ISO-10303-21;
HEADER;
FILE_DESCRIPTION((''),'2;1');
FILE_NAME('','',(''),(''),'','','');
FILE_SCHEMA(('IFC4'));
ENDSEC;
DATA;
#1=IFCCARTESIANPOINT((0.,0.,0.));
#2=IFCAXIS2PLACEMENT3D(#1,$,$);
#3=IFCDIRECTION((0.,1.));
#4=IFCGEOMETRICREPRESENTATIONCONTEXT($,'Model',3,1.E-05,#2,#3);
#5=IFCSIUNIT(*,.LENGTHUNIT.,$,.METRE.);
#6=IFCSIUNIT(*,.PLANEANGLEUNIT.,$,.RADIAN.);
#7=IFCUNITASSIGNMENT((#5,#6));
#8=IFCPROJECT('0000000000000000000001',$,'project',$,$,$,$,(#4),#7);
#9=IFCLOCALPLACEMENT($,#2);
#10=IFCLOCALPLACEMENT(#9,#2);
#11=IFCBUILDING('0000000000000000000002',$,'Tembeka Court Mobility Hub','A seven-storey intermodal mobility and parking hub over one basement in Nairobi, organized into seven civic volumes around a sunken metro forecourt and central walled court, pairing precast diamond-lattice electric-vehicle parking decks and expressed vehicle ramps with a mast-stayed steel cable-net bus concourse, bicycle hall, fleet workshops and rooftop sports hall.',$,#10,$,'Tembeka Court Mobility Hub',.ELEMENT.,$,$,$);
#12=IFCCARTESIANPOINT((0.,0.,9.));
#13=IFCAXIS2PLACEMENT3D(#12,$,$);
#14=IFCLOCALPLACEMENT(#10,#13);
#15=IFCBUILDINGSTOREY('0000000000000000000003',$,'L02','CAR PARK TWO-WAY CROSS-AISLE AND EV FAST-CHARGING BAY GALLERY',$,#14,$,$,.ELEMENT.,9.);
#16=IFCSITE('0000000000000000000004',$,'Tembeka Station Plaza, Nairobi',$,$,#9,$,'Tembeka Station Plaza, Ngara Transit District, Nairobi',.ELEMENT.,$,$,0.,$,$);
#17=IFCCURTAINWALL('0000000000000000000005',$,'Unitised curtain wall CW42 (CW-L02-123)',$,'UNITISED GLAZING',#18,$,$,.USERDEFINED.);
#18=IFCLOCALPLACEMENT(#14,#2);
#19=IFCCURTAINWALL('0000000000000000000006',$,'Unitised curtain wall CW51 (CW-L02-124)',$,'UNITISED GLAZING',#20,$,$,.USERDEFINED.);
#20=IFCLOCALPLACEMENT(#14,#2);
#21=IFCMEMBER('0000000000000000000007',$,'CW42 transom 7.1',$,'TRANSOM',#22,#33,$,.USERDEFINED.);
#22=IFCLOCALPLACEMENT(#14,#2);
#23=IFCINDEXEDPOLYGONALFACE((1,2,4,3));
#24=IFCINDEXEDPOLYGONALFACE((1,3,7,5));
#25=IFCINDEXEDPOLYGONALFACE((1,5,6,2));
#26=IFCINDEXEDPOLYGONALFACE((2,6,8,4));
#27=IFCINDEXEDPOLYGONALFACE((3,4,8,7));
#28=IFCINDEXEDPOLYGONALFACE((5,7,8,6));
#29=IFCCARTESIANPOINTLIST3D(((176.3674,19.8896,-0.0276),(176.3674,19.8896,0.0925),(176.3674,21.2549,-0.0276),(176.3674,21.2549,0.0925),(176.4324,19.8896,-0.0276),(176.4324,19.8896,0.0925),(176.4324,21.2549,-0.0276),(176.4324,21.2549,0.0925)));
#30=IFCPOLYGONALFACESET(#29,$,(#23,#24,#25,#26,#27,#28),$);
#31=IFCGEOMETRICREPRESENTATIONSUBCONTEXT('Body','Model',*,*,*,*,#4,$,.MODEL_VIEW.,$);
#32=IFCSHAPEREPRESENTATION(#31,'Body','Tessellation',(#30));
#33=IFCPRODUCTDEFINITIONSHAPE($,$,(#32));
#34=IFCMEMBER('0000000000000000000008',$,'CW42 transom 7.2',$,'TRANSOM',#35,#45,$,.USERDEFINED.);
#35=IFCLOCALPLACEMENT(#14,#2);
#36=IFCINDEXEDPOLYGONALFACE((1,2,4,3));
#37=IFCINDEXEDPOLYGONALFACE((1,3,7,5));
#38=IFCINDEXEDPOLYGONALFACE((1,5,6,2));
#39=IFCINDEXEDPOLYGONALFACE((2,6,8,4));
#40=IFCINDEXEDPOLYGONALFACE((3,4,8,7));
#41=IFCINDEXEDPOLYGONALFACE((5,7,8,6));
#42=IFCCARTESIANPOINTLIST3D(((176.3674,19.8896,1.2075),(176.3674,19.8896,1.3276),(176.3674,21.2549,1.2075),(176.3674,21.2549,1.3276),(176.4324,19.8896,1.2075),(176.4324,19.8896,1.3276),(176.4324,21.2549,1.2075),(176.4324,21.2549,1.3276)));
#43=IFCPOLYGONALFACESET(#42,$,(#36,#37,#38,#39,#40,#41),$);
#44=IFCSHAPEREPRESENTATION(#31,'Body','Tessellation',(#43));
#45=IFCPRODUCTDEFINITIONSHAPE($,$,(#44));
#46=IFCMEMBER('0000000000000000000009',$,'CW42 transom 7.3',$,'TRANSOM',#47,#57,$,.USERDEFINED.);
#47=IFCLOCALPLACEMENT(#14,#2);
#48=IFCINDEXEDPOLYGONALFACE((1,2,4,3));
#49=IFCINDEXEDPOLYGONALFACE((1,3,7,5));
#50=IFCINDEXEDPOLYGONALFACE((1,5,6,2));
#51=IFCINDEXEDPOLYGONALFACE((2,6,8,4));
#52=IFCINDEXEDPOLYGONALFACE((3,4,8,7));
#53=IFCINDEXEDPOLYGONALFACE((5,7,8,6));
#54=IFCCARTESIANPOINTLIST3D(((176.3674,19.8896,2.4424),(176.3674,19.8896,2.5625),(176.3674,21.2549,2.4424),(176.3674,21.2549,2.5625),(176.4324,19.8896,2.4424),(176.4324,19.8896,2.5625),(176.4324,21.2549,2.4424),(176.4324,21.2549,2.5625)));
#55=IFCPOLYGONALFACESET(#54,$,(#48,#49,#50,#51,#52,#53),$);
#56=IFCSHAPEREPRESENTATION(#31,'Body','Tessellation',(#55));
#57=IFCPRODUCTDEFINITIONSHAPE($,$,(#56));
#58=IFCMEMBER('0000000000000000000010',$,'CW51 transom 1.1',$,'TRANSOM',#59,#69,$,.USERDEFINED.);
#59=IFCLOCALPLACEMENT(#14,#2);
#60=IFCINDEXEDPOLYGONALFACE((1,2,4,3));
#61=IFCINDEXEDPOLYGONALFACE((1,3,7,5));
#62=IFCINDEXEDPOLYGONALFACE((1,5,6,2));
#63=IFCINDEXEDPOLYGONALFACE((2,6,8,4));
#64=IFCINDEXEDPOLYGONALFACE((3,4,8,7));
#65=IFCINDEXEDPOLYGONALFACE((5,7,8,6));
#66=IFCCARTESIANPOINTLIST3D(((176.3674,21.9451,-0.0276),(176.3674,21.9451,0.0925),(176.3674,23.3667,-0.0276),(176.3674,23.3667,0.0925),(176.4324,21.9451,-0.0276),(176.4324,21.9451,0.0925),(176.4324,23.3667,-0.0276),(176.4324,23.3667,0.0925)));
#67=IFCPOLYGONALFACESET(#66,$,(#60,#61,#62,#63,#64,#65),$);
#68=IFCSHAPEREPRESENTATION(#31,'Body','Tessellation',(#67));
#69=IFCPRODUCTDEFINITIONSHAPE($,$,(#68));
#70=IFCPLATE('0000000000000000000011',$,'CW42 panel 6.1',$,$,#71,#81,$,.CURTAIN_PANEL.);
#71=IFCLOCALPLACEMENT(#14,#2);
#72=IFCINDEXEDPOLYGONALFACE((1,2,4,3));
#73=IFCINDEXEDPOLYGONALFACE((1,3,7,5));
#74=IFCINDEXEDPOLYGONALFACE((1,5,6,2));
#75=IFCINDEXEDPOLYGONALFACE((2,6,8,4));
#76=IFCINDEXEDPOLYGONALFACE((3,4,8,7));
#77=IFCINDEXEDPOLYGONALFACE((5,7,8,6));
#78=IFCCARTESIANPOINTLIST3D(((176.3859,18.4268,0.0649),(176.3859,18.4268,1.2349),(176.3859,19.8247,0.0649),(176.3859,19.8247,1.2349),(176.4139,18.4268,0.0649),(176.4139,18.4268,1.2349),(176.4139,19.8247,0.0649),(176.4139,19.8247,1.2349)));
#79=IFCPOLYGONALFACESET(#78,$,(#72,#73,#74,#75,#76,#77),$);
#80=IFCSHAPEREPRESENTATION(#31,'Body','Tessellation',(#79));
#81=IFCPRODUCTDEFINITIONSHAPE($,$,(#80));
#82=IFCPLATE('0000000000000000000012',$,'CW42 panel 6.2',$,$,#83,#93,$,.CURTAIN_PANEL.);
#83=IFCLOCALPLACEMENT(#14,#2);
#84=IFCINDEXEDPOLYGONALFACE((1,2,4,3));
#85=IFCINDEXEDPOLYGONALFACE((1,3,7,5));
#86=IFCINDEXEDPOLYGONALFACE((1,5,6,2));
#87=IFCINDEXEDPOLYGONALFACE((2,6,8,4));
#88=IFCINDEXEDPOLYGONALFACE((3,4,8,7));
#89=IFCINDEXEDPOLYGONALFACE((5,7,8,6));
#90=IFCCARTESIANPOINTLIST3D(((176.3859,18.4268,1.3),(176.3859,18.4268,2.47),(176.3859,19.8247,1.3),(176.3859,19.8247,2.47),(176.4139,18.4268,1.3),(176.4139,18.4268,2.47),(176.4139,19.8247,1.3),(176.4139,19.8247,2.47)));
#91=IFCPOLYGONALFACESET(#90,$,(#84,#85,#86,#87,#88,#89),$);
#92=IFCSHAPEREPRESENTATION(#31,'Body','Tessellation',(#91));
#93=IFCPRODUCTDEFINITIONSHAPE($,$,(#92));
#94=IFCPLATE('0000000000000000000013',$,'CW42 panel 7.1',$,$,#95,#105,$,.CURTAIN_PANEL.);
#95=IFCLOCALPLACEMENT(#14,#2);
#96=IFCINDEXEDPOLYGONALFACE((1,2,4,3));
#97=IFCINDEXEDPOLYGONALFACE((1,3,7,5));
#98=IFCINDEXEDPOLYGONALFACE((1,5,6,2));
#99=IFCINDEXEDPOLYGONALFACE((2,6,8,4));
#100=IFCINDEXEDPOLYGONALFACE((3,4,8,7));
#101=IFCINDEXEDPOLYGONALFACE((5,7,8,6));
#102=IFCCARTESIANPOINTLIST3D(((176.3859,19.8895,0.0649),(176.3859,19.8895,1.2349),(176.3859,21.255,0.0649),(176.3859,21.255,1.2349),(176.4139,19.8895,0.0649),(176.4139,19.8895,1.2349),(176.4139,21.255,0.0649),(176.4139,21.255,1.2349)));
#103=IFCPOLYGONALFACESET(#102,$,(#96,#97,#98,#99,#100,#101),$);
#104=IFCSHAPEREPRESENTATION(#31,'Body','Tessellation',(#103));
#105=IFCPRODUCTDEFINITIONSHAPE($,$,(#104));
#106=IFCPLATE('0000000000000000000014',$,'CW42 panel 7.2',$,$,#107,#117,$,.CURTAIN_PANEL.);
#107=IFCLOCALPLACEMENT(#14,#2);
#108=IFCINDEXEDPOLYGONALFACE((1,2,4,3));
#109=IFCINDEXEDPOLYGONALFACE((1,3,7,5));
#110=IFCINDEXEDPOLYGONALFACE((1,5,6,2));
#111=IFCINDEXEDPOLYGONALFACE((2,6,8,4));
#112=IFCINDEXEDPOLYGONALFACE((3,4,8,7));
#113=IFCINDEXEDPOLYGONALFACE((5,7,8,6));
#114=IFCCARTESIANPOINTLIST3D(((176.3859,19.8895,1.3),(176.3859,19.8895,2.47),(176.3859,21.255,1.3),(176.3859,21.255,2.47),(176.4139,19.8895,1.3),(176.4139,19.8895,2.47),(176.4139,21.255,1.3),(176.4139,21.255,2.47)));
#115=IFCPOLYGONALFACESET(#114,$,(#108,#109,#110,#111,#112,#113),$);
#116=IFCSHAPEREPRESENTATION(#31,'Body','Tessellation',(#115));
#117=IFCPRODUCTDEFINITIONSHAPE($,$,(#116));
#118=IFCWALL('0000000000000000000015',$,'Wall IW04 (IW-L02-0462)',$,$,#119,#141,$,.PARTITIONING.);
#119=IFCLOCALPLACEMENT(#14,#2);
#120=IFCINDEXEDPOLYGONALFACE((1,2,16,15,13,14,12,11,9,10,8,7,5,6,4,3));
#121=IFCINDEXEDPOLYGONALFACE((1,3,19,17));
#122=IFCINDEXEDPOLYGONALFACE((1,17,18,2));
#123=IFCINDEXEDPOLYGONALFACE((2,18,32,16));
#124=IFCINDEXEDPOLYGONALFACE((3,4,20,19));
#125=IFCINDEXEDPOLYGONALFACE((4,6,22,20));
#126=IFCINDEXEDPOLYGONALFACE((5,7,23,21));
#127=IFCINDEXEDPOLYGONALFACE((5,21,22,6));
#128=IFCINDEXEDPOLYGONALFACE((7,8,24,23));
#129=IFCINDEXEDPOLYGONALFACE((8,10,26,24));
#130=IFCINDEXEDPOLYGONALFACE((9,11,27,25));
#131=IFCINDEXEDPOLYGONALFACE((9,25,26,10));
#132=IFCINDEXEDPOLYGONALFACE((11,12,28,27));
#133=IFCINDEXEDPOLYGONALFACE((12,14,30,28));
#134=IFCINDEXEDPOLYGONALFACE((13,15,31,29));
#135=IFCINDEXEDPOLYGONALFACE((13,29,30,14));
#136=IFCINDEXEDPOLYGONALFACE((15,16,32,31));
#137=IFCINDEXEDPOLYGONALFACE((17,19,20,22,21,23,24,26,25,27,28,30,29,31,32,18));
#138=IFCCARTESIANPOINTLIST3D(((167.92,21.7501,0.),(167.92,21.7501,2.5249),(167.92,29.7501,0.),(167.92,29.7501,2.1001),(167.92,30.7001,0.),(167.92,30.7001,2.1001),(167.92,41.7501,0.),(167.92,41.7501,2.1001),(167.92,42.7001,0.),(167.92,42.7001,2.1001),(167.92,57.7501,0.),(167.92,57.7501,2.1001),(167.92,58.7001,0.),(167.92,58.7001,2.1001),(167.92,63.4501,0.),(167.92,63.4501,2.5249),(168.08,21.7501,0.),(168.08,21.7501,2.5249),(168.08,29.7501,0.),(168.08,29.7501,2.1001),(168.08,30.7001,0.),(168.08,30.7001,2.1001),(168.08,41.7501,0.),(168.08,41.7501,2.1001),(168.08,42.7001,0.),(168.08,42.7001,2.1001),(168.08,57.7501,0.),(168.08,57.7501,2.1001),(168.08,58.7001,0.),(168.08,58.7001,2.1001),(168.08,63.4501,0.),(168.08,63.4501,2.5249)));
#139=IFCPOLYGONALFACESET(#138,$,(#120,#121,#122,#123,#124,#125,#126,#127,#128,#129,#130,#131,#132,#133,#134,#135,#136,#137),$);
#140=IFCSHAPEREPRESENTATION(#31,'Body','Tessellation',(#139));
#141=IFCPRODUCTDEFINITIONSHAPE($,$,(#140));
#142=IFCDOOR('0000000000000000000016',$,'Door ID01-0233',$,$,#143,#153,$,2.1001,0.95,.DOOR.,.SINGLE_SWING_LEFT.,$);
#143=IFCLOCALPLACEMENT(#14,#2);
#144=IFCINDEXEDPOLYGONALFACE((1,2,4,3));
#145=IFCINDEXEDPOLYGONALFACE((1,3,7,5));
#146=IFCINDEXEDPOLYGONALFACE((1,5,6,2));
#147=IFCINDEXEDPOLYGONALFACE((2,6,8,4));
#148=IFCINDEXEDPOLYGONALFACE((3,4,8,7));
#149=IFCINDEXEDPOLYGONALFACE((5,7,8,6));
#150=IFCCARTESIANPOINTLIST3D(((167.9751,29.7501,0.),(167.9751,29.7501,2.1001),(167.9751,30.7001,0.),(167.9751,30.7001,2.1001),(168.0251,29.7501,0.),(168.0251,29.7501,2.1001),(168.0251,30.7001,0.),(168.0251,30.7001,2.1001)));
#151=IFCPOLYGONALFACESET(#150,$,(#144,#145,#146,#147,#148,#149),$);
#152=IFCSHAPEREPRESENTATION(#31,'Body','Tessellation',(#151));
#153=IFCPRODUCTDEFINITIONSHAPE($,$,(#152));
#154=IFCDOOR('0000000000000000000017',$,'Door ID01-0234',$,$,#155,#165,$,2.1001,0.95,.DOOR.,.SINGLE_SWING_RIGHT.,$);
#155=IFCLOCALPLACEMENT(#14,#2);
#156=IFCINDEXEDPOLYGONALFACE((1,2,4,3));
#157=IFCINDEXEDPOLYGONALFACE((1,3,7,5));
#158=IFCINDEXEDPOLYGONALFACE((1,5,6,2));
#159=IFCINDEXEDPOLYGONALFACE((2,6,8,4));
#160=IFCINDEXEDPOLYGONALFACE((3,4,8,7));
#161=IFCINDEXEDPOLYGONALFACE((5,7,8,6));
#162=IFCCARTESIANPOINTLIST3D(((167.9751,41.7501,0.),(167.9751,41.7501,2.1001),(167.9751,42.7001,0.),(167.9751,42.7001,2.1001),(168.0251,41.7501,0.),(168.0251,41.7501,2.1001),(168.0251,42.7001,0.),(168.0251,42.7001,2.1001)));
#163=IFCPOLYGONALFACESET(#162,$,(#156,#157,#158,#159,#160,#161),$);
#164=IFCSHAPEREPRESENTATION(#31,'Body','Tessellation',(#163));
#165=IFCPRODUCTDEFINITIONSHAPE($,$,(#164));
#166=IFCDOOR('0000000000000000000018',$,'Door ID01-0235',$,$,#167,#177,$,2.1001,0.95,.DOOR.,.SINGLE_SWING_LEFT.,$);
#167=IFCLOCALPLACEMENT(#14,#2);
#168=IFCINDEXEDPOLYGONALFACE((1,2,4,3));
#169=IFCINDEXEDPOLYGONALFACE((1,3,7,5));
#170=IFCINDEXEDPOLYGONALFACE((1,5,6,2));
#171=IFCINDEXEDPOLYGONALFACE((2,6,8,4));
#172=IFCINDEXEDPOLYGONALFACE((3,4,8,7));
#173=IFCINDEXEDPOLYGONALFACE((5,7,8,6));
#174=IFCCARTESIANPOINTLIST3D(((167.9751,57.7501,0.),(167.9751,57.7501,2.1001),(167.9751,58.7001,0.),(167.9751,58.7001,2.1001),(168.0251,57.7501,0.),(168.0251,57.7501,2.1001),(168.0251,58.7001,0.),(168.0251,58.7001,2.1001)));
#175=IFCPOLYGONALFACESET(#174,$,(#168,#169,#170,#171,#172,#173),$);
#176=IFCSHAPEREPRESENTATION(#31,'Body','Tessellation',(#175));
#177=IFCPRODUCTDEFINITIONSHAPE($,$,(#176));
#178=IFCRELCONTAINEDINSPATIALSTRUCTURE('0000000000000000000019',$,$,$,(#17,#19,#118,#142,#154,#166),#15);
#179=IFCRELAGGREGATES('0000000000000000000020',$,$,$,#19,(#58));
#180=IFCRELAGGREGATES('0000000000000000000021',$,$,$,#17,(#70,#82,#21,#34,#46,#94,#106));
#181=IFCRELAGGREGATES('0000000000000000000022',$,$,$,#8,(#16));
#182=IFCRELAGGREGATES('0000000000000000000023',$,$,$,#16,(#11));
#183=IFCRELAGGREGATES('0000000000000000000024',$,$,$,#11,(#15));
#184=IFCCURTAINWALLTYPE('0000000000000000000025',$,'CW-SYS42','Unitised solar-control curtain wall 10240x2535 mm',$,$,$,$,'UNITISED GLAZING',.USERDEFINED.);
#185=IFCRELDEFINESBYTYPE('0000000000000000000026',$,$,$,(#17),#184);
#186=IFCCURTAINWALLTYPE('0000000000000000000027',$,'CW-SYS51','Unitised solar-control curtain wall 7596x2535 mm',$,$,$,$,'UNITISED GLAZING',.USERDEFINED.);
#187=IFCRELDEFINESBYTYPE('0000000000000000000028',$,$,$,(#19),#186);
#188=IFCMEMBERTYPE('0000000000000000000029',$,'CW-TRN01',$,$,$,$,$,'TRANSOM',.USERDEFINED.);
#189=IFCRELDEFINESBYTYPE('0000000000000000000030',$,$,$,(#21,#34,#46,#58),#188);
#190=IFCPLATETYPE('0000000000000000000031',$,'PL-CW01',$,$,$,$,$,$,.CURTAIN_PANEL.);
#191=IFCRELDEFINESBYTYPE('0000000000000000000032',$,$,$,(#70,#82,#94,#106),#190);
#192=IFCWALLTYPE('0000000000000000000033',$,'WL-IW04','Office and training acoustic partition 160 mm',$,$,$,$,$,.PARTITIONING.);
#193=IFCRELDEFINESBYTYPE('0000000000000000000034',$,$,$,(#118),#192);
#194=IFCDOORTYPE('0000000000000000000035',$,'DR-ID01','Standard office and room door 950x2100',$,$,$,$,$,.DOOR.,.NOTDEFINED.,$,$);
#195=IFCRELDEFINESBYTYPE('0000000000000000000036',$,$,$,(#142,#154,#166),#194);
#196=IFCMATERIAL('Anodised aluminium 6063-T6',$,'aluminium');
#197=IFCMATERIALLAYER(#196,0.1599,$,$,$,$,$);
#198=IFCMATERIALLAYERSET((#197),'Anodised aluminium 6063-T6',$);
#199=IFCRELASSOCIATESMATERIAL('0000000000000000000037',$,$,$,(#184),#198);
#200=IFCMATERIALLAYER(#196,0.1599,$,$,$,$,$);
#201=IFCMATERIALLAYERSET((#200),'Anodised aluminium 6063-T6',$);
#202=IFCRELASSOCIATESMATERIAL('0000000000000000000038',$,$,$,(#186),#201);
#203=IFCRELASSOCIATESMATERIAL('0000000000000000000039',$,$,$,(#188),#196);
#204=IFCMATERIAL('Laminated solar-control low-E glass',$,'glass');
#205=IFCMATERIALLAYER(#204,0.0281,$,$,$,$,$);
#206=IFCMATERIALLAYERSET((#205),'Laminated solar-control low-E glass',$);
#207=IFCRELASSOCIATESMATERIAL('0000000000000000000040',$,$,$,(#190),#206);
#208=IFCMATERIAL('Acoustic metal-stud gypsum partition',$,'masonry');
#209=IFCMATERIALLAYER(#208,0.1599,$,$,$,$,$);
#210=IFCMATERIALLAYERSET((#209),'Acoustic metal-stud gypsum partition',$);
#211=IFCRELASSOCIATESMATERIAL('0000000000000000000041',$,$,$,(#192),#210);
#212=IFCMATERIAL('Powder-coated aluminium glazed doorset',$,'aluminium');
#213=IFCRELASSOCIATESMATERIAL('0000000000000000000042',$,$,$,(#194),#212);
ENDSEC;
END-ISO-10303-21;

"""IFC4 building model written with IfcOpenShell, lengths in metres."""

from ifc_helpers import new_model, si_unit, direction, frame, frame_2d, origin, origin_2d, place, context, subcontext, project, spatial, rectangle, extrude, material, layer, layer_set, material_profile, profile_set, type_object, element, fill, aggregate, save


model = new_model("IFC4")

# Units and contexts
model_context = context("Model", 3, precision=1e-05, world=origin(), true_north=direction((0.0, 1.0)))
body_context = subcontext(model_context, "Body", "Model", "MODEL_VIEW")
ifc_project = project(units=[si_unit("LENGTHUNIT", "METRE"), si_unit("PLANEANGLEUNIT", "RADIAN")], contexts=[model_context])

# Site, building, storey
site_placement = place(None, origin())
site = spatial("IfcSite", under=ifc_project, at=site_placement, Name="Tembeka Station Plaza, Nairobi", LongName="Tembeka Station Plaza, Ngara Transit District, Nairobi", CompositionType="ELEMENT", RefElevation=0.0)
building_placement = place(site_placement, origin())
building = spatial("IfcBuilding", under=site, at=building_placement, Name="Tembeka Court Mobility Hub", Description="A seven-storey intermodal mobility and parking hub over one basement in Nairobi, organized into seven civic volumes around a sunken metro forecourt and central walled court, pairing precast diamond-lattice electric-vehicle parking decks and expressed vehicle ramps with a mast-stayed steel cable-net bus concourse, bicycle hall, fleet workshops and rooftop sports hall.", LongName="Tembeka Court Mobility Hub", CompositionType="ELEMENT")
storey_placement = place(building_placement, frame((0.0, 0.0, 9.0)))
storey = spatial("IfcBuildingStorey", under=building, at=storey_placement, Name="L02", Description="CAR PARK TWO-WAY CROSS-AISLE AND EV FAST-CHARGING BAY GALLERY", CompositionType="ELEMENT", Elevation=9.0)

# Curtain wall
ifc_material_1 = material(Name="Anodised aluminium 6063-T6", Category="aluminium")
ifc_layer_1 = layer(ifc_material_1, 0.1599)
ifc_layer_set_1 = layer_set([ifc_layer_1], Name="Anodised aluminium 6063-T6")
curtain_wall_type_1 = type_object("IfcCurtainWallType", Name="CW-SYS42", Description="Unitised solar-control curtain wall 10240x2535 mm", ElementType="UNITISED GLAZING", PredefinedType="USERDEFINED", material=ifc_layer_set_1)
curtain_wall_1_placement = place(storey_placement, origin())
curtain_wall_1 = element("IfcCurtainWall", 1, at=curtain_wall_1_placement, inside=storey, type_object=curtain_wall_type_1, Name="Unitised curtain wall CW42 (CW-L02-123)", ObjectType="UNITISED GLAZING", PredefinedType="USERDEFINED")

# Curtain wall
ifc_layer_2 = layer(ifc_material_1, 0.1599)
ifc_layer_set_2 = layer_set([ifc_layer_2], Name="Anodised aluminium 6063-T6")
curtain_wall_type_2 = type_object("IfcCurtainWallType", Name="CW-SYS51", Description="Unitised solar-control curtain wall 7596x2535 mm", ElementType="UNITISED GLAZING", PredefinedType="USERDEFINED", material=ifc_layer_set_2)
curtain_wall_2_placement = place(storey_placement, origin())
curtain_wall_2 = element("IfcCurtainWall", 2, at=curtain_wall_2_placement, inside=storey, type_object=curtain_wall_type_2, Name="Unitised curtain wall CW51 (CW-L02-124)", ObjectType="UNITISED GLAZING", PredefinedType="USERDEFINED")

# Members
ifc_material_profile_1 = material_profile(ifc_material_1, rectangle(XDim=0.0649, YDim=0.1201, at=origin_2d()), Name="ALU-TRN 65x120")
ifc_profile_set_1 = profile_set([ifc_material_profile_1], Name="Anodised aluminium 6063-T6")
member_type_1 = type_object("IfcMemberType", Name="CW-TRN01", ElementType="TRANSOM", PredefinedType="USERDEFINED", material=ifc_profile_set_1)
member_1_placement = place(storey_placement, frame((176.3999, 19.8896, 0.0325), z_axis=(0.0, 1.0, 0.0), x_axis=(-1.0, 0.0, 0.0)))
member_1 = element("IfcMember", 3, at=member_1_placement, type_object=member_type_1, Name="CW42 transom 7.1", ObjectType="TRANSOM", PredefinedType="USERDEFINED", context=body_context, shape_type="SweptSolid", body=[
    extrude(rectangle(XDim=0.0649, YDim=0.1201, at=origin_2d()), origin(), (0.0, 0.0, 1.0), 1.3652),
])
member_2_placement = place(storey_placement, frame((176.3999, 19.8896, 1.2676), z_axis=(0.0, 1.0, 0.0), x_axis=(-1.0, 0.0, 0.0)))
member_2 = element("IfcMember", 4, at=member_2_placement, type_object=member_type_1, Name="CW42 transom 7.2", ObjectType="TRANSOM", PredefinedType="USERDEFINED", context=body_context, shape_type="SweptSolid", body=[
    extrude(rectangle(XDim=0.0649, YDim=0.1201, at=origin_2d()), origin(), (0.0, 0.0, 1.0), 1.3652),
])
member_3_placement = place(storey_placement, frame((176.3999, 19.8896, 2.5024), z_axis=(0.0, 1.0, 0.0), x_axis=(-1.0, 0.0, 0.0)))
member_3 = element("IfcMember", 5, at=member_3_placement, type_object=member_type_1, Name="CW42 transom 7.3", ObjectType="TRANSOM", PredefinedType="USERDEFINED", context=body_context, shape_type="SweptSolid", body=[
    extrude(rectangle(XDim=0.0649, YDim=0.1201, at=origin_2d()), origin(), (0.0, 0.0, 1.0), 1.3652),
])
member_4_placement = place(storey_placement, frame((176.3999, 21.9451, 0.0325), z_axis=(0.0, 1.0, 0.0), x_axis=(-1.0, 0.0, 0.0)))
member_4 = element("IfcMember", 6, at=member_4_placement, type_object=member_type_1, Name="CW51 transom 1.1", ObjectType="TRANSOM", PredefinedType="USERDEFINED", context=body_context, shape_type="SweptSolid", body=[
    extrude(rectangle(XDim=0.0649, YDim=0.1201, at=origin_2d()), origin(), (0.0, 0.0, 1.0), 1.4216),
])
aggregate(curtain_wall_2, [member_4])

# Plates
ifc_material_2 = material(Name="Laminated solar-control low-E glass", Category="glass")
ifc_layer_3 = layer(ifc_material_2, 0.0281)
ifc_layer_set_3 = layer_set([ifc_layer_3], Name="Laminated solar-control low-E glass")
plate_type = type_object("IfcPlateType", Name="PL-CW01", PredefinedType="CURTAIN_PANEL", material=ifc_layer_set_3)
plate_1_placement = place(storey_placement, frame((176.3999, 19.1257, 0.0649), z_axis=(0.0, 0.0, 1.0), x_axis=(0.0, 1.0, 0.0)))
plate_1 = element("IfcPlate", 7, at=plate_1_placement, type_object=plate_type, Name="CW42 panel 6.1", PredefinedType="CURTAIN_PANEL", context=body_context, shape_type="SweptSolid", body=[
    extrude(rectangle(XDim=1.3979, YDim=0.0281, at=origin_2d()), origin(), (0.0, 0.0, 1.0), 1.1699),
])
plate_2_placement = place(storey_placement, frame((176.3999, 19.1257, 1.3), z_axis=(0.0, 0.0, 1.0), x_axis=(0.0, 1.0, 0.0)))
plate_2 = element("IfcPlate", 8, at=plate_2_placement, type_object=plate_type, Name="CW42 panel 6.2", PredefinedType="CURTAIN_PANEL", context=body_context, shape_type="SweptSolid", body=[
    extrude(rectangle(XDim=1.3979, YDim=0.0281, at=origin_2d()), origin(), (0.0, 0.0, 1.0), 1.1699),
])
plate_3_placement = place(storey_placement, frame((176.3999, 20.5723, 0.0649), z_axis=(0.0, 0.0, 1.0), x_axis=(0.0, 1.0, 0.0)))
plate_3 = element("IfcPlate", 9, at=plate_3_placement, type_object=plate_type, Name="CW42 panel 7.1", PredefinedType="CURTAIN_PANEL", context=body_context, shape_type="SweptSolid", body=[
    extrude(rectangle(XDim=1.3655, YDim=0.0281, at=origin_2d()), origin(), (0.0, 0.0, 1.0), 1.1699),
])
plate_4_placement = place(storey_placement, frame((176.3999, 20.5723, 1.3), z_axis=(0.0, 0.0, 1.0), x_axis=(0.0, 1.0, 0.0)))
plate_4 = element("IfcPlate", 10, at=plate_4_placement, type_object=plate_type, Name="CW42 panel 7.2", PredefinedType="CURTAIN_PANEL", context=body_context, shape_type="SweptSolid", body=[
    extrude(rectangle(XDim=1.3655, YDim=0.0281, at=origin_2d()), origin(), (0.0, 0.0, 1.0), 1.1699),
])
aggregate(curtain_wall_1, [plate_1, plate_2, member_1, member_2, member_3, plate_3, plate_4])

# Wall, openings, doors
ifc_material_3 = material(Name="Acoustic metal-stud gypsum partition", Category="masonry")
ifc_layer_4 = layer(ifc_material_3, 0.1599)
ifc_layer_set_4 = layer_set([ifc_layer_4], Name="Acoustic metal-stud gypsum partition")
wall_type = type_object("IfcWallType", Name="WL-IW04", Description="Office and training acoustic partition 160 mm", PredefinedType="PARTITIONING", material=ifc_layer_set_4)
wall_placement = place(storey_placement, frame((168.0, 21.75, 0.0), z_axis=(0.0, 0.0, 1.0), x_axis=(0.0, 1.0, 0.0)))
wall = element("IfcWall", 11, at=wall_placement, inside=storey, type_object=wall_type, Name="Wall IW04 (IW-L02-0462)", PredefinedType="PARTITIONING", context=body_context, shape_type="SweptSolid", body=[
    extrude(rectangle(XDim=41.7, YDim=0.1599, at=frame_2d((20.8501, 0.0))), origin(), (0.0, 0.0, 1.0), 2.5249),
])
opening_1_placement = place(wall_placement, frame((8.0, 0.0, 0.0)))
opening_1 = element("IfcOpeningElement", 12, at=opening_1_placement, cuts=wall, PredefinedType="OPENING", context=body_context, shape_type="SweptSolid", body=[
    extrude(rectangle(XDim=0.95, YDim=2.1001, at=frame_2d((0.4751, 1.05))), frame((0.0, 0.0898, 0.0), z_axis=(0.0, -1.0, 0.0), x_axis=(1.0, 0.0, 0.0)), (0.0, 0.0, 1.0), 0.1799),
])
opening_2_placement = place(wall_placement, frame((20.0, 0.0, 0.0)))
opening_2 = element("IfcOpeningElement", 13, at=opening_2_placement, cuts=wall, PredefinedType="OPENING", context=body_context, shape_type="SweptSolid", body=[
    extrude(rectangle(XDim=0.95, YDim=2.1001, at=frame_2d((0.4751, 1.05))), frame((0.0, 0.0898, 0.0), z_axis=(0.0, -1.0, 0.0), x_axis=(1.0, 0.0, 0.0)), (0.0, 0.0, 1.0), 0.1799),
])
opening_3_placement = place(wall_placement, frame((36.0, 0.0, 0.0)))
opening_3 = element("IfcOpeningElement", 14, at=opening_3_placement, cuts=wall, PredefinedType="OPENING", context=body_context, shape_type="SweptSolid", body=[
    extrude(rectangle(XDim=0.95, YDim=2.1001, at=frame_2d((0.4751, 1.05))), frame((0.0, 0.0898, 0.0), z_axis=(0.0, -1.0, 0.0), x_axis=(1.0, 0.0, 0.0)), (0.0, 0.0, 1.0), 0.1799),
])
ifc_material_4 = material(Name="Powder-coated aluminium glazed doorset", Category="aluminium")
door_type = type_object("IfcDoorType", Name="DR-ID01", Description="Standard office and room door 950x2100", OperationType="NOTDEFINED", PredefinedType="DOOR", material=ifc_material_4)
door_1_placement = place(opening_1_placement, origin())
door_1 = element("IfcDoor", 15, at=door_1_placement, inside=storey, type_object=door_type, Name="Door ID01-0233", OperationType="SINGLE_SWING_LEFT", OverallHeight=2.1001, OverallWidth=0.95, PredefinedType="DOOR", context=body_context, shape_type="SweptSolid", body=[
    extrude(rectangle(XDim=0.95, YDim=2.1001, at=frame_2d((0.4751, 1.05))), frame((0.0, 0.0249, 0.0), z_axis=(0.0, -1.0, 0.0), x_axis=(1.0, 0.0, 0.0)), (0.0, 0.0, 1.0), 0.05),
])
fill(opening_1, door_1)
door_2_placement = place(opening_2_placement, origin())
door_2 = element("IfcDoor", 16, at=door_2_placement, inside=storey, type_object=door_type, Name="Door ID01-0234", OperationType="SINGLE_SWING_RIGHT", OverallHeight=2.1001, OverallWidth=0.95, PredefinedType="DOOR", context=body_context, shape_type="SweptSolid", body=[
    extrude(rectangle(XDim=0.95, YDim=2.1001, at=frame_2d((0.4751, 1.05))), frame((0.0, 0.0249, 0.0), z_axis=(0.0, -1.0, 0.0), x_axis=(1.0, 0.0, 0.0)), (0.0, 0.0, 1.0), 0.05),
])
fill(opening_2, door_2)
door_3_placement = place(opening_3_placement, origin())
door_3 = element("IfcDoor", 17, at=door_3_placement, inside=storey, type_object=door_type, Name="Door ID01-0235", OperationType="SINGLE_SWING_LEFT", OverallHeight=2.1001, OverallWidth=0.95, PredefinedType="DOOR", context=body_context, shape_type="SweptSolid", body=[
    extrude(rectangle(XDim=0.95, YDim=2.1001, at=frame_2d((0.4751, 1.05))), frame((0.0, 0.0249, 0.0), z_axis=(0.0, -1.0, 0.0), x_axis=(1.0, 0.0, 0.0)), (0.0, 0.0, 1.0), 0.05),
])
fill(opening_3, door_3)

save(model, "model.ifc")
